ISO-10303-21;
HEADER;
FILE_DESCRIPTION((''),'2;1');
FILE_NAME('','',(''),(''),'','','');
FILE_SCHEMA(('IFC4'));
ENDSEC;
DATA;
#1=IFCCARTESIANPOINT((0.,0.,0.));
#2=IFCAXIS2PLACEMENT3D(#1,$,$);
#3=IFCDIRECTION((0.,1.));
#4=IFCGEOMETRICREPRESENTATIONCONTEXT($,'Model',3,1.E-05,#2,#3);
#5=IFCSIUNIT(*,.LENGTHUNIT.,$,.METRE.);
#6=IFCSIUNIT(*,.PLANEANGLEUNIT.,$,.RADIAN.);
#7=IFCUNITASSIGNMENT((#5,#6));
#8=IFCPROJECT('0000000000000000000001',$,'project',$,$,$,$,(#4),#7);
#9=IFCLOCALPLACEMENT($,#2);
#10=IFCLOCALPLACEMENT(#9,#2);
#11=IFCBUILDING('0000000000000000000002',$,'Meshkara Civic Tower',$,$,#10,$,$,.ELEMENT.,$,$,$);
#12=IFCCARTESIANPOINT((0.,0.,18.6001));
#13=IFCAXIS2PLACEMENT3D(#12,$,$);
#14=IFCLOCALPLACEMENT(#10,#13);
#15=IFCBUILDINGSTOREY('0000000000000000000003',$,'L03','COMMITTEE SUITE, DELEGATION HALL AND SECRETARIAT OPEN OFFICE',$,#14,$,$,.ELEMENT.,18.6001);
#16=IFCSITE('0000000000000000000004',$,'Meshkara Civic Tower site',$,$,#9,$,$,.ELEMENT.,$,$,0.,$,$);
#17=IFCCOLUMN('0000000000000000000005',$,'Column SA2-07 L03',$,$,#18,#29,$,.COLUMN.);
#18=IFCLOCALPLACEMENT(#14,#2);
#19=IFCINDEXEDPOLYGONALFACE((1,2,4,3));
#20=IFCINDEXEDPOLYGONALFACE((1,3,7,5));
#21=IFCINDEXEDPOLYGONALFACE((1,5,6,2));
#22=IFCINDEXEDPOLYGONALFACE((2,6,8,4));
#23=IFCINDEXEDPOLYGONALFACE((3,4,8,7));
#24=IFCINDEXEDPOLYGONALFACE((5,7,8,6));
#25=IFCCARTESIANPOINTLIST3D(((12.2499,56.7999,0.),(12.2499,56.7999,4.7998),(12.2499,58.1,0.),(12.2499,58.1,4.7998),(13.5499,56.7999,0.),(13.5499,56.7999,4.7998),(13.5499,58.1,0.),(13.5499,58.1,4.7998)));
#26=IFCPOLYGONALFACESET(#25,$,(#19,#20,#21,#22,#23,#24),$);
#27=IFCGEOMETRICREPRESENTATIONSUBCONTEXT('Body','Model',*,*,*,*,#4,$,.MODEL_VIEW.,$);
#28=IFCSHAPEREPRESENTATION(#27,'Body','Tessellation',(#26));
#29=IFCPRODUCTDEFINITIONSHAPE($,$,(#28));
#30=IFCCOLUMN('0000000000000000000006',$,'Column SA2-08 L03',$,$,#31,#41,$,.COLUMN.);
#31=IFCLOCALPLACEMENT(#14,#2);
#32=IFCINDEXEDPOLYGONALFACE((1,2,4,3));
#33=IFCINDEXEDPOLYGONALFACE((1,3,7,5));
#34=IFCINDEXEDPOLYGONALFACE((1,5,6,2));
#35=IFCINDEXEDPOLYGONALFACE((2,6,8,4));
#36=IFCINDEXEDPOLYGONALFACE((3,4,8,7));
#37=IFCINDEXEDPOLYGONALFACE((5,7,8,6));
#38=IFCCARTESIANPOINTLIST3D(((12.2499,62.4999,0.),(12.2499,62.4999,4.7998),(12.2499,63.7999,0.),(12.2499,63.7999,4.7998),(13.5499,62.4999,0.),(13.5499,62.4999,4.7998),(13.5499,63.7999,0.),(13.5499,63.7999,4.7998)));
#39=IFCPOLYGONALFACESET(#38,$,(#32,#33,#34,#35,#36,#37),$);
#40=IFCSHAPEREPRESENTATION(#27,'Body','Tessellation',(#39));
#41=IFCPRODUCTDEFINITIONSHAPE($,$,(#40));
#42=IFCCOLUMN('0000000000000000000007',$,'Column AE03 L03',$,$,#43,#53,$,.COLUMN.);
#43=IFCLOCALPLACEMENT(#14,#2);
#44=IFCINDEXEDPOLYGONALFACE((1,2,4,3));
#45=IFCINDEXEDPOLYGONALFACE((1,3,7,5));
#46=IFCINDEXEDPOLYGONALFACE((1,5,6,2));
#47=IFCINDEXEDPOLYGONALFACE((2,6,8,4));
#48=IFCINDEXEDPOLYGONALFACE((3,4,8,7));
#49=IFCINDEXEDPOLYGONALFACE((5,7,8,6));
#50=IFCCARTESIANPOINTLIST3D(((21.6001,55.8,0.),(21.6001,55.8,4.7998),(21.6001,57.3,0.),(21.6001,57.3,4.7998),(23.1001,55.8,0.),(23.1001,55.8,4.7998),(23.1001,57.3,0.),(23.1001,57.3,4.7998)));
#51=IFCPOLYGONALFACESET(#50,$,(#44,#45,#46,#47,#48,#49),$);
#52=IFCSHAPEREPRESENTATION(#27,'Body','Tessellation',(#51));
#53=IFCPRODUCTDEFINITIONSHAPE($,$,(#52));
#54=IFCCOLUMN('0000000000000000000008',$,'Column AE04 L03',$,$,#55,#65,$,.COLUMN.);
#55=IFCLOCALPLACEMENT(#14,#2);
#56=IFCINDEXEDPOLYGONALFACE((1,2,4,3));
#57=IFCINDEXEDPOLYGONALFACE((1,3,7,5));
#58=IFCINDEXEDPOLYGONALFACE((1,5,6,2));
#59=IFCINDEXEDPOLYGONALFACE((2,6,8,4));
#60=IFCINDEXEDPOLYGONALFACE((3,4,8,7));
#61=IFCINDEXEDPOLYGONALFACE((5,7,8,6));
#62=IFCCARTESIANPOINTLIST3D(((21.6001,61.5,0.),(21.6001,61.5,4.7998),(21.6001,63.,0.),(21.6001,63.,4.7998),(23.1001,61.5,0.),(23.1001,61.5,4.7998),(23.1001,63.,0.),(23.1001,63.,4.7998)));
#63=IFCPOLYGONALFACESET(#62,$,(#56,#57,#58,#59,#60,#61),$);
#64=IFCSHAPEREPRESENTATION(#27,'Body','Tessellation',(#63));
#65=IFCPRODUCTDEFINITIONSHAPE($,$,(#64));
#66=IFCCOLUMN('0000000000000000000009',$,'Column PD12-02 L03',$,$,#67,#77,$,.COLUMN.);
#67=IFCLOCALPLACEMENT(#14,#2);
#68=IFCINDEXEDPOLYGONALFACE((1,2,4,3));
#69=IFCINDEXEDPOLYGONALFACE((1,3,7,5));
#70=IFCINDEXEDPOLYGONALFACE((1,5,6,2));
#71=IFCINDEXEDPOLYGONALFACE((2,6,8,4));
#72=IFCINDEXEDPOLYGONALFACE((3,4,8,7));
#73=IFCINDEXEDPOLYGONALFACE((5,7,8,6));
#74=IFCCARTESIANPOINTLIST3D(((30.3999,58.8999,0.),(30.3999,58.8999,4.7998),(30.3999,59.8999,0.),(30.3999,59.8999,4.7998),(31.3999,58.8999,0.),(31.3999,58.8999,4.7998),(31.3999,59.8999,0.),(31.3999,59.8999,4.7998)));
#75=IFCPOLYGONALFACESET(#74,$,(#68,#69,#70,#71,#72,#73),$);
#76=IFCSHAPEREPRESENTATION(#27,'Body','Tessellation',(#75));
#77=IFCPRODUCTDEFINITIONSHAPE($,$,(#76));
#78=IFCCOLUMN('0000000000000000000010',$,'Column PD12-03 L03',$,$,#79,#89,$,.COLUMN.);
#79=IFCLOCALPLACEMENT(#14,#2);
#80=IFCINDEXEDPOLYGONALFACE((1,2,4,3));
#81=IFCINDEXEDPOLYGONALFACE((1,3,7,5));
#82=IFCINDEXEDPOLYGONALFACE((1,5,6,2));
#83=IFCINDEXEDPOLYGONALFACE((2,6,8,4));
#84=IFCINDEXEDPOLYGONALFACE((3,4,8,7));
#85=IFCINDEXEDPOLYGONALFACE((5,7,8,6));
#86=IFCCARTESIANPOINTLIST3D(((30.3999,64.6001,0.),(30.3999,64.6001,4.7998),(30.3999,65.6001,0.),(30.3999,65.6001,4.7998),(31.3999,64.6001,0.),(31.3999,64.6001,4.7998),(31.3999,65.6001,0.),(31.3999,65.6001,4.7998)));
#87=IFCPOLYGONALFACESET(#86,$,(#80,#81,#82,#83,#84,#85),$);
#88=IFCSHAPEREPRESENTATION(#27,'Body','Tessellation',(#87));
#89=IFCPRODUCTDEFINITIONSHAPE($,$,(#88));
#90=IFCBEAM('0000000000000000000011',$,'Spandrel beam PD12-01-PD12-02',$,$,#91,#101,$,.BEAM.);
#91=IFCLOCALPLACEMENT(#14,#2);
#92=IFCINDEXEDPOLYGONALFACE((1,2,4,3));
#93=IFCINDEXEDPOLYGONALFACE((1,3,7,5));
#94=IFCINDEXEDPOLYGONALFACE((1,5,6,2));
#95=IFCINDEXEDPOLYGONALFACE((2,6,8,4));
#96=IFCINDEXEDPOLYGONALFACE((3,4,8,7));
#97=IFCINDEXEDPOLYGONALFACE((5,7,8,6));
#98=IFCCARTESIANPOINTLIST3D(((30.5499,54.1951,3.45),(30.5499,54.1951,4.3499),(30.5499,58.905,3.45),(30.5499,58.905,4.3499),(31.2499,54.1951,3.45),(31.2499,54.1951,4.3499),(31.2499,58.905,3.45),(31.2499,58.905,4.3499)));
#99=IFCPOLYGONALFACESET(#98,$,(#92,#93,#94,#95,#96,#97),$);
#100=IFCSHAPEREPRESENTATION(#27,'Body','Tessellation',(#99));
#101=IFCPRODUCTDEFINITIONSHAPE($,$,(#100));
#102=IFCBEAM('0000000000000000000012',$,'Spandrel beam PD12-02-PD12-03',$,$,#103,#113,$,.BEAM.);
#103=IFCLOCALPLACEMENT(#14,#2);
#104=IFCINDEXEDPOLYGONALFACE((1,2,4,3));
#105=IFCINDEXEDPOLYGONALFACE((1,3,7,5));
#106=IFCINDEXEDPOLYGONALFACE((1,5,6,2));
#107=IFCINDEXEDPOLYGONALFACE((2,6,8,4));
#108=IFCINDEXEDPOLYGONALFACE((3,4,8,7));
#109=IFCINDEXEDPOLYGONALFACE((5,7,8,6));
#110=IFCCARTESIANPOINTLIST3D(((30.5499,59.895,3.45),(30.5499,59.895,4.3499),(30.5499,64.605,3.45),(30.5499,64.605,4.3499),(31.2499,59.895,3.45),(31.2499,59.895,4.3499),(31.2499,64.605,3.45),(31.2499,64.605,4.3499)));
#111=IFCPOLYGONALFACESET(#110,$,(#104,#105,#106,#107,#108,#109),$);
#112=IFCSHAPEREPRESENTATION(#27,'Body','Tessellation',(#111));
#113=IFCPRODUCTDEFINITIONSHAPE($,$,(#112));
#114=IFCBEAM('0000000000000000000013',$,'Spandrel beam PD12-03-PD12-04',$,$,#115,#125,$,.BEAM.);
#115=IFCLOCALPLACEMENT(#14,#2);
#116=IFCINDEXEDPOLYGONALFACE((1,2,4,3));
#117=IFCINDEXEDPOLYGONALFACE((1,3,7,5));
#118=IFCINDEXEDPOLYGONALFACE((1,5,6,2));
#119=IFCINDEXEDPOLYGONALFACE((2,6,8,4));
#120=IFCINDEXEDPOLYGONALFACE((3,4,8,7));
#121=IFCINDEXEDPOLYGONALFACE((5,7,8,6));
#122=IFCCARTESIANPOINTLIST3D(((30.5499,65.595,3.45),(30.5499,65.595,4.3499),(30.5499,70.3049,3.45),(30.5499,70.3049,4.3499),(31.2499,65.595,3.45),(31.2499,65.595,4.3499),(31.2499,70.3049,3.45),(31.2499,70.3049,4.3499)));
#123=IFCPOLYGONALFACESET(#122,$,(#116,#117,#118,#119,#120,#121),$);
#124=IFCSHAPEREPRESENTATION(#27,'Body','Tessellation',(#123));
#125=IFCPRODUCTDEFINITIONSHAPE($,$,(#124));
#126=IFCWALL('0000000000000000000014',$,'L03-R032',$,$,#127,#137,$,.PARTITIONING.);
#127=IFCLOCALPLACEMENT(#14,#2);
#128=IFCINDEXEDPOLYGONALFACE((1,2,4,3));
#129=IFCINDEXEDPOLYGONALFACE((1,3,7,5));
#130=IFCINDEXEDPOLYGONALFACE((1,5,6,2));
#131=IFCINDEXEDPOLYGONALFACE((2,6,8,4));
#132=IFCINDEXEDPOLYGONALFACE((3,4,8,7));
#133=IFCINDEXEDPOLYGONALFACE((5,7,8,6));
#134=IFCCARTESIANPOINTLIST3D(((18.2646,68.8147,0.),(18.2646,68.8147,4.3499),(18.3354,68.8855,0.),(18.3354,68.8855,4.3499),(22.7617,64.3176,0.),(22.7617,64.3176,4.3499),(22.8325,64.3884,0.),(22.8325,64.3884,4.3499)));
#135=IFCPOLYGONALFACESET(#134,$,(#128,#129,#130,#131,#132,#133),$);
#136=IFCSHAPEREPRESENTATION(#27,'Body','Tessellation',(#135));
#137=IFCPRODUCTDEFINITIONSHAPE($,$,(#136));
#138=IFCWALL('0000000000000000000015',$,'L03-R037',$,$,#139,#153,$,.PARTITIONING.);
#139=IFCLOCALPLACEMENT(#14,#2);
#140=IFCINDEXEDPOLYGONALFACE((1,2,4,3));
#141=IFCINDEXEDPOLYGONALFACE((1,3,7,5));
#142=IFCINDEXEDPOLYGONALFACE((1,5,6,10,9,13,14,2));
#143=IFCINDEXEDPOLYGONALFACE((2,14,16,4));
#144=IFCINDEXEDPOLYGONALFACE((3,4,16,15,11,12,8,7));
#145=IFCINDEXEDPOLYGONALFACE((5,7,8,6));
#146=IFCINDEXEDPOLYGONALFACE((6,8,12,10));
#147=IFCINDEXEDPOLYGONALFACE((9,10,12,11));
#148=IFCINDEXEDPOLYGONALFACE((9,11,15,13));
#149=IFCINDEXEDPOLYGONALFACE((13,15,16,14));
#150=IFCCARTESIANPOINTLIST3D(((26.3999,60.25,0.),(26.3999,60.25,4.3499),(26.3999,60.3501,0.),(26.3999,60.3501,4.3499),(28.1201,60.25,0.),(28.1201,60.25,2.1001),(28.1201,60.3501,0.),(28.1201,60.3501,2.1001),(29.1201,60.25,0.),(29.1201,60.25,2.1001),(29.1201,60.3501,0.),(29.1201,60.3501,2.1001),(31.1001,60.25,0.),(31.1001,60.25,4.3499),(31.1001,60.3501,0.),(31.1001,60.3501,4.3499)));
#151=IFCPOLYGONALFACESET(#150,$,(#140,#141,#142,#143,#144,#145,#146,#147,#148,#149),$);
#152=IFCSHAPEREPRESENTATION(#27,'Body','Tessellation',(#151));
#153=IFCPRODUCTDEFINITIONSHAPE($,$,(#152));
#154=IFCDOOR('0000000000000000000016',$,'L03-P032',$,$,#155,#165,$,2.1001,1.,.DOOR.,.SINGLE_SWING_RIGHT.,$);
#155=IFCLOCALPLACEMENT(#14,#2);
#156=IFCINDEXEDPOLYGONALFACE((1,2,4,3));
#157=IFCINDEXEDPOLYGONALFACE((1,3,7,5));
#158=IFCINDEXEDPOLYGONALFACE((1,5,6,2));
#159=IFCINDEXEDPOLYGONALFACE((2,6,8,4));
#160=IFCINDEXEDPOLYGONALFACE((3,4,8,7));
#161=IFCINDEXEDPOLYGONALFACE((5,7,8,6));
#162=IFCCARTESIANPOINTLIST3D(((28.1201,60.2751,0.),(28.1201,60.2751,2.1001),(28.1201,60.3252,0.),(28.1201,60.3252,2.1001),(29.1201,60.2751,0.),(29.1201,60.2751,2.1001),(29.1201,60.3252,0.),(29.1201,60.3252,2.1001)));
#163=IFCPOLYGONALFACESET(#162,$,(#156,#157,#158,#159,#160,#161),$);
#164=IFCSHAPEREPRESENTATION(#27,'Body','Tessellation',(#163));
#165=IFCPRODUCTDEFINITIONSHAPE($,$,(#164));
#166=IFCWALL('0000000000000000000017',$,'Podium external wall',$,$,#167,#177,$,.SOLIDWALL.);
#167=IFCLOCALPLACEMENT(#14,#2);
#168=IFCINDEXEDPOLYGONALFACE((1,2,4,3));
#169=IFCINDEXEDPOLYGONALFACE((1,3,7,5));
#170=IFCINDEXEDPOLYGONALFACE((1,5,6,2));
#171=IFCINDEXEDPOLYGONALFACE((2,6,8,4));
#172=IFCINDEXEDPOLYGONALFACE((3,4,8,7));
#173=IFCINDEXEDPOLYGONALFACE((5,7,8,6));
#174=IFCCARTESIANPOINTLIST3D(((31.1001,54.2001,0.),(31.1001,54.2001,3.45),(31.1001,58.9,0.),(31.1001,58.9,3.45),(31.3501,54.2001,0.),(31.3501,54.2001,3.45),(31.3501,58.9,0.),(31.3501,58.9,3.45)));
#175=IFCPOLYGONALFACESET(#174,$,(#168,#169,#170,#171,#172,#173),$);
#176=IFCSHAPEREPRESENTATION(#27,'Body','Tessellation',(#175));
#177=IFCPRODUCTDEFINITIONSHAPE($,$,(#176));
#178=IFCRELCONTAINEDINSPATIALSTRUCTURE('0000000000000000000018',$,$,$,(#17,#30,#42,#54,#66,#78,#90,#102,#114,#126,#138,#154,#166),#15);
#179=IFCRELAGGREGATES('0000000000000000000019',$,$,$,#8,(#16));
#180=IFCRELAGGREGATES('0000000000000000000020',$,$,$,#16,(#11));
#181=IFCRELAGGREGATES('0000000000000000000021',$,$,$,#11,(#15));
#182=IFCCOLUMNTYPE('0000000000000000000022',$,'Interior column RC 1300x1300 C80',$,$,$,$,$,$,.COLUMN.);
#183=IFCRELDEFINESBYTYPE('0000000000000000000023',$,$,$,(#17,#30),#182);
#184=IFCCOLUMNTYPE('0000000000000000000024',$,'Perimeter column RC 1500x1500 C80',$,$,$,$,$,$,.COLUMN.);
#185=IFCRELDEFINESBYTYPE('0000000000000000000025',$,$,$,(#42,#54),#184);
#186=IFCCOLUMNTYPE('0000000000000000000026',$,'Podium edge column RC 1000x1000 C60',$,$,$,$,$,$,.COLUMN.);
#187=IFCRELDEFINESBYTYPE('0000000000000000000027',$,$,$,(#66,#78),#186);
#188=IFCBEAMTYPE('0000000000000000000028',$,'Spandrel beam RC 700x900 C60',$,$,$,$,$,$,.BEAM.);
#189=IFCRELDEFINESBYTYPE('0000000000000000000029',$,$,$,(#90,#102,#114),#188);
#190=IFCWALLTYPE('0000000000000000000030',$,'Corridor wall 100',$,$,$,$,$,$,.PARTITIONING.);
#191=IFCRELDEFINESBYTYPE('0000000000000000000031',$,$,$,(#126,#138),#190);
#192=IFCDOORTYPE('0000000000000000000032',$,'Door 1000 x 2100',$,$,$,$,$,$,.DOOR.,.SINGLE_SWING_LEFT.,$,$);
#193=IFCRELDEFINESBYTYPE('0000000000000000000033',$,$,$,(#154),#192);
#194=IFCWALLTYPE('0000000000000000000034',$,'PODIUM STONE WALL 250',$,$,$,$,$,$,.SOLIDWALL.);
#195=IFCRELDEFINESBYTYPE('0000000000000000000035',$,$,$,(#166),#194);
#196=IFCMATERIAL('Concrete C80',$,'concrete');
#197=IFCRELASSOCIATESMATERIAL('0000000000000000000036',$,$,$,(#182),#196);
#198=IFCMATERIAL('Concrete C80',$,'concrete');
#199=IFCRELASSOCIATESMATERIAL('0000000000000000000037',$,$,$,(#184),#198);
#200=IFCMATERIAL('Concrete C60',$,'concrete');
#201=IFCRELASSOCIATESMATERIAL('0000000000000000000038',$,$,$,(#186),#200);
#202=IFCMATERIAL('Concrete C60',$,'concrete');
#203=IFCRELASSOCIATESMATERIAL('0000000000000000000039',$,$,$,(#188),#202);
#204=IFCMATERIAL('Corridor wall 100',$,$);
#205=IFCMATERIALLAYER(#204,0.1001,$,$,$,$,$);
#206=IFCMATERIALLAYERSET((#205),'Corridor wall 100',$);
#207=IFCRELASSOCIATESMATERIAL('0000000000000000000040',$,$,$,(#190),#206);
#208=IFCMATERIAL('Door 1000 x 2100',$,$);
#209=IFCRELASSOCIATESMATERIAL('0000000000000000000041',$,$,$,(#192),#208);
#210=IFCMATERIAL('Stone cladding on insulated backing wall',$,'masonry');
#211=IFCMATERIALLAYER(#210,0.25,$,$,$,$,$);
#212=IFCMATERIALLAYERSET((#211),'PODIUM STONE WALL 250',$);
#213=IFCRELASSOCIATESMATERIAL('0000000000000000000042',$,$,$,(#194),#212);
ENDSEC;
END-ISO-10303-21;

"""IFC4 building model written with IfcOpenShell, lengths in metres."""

from ifc_helpers import new_model, si_unit, direction, frame, frame_2d, origin, origin_2d, place, context, subcontext, project, spatial, rectangle, extrude, material, layer, layer_set, material_profile, profile_set, type_object, element, fill, save


model = new_model("IFC4")

# Units and contexts
model_context = context("Model", 3, precision=1e-05, world=origin(), true_north=direction((0.0, 1.0)))
body_context = subcontext(model_context, "Body", "Model", "MODEL_VIEW")
ifc_project = project(units=[si_unit("LENGTHUNIT", "METRE"), si_unit("PLANEANGLEUNIT", "RADIAN")], contexts=[model_context])

# Site, building, storey
site_placement = place(None, origin())
site = spatial("IfcSite", under=ifc_project, at=site_placement, Name="Meshkara Civic Tower site", CompositionType="ELEMENT", RefElevation=0.0)
building_placement = place(site_placement, origin())
building = spatial("IfcBuilding", under=site, at=building_placement, Name="Meshkara Civic Tower", CompositionType="ELEMENT")
storey_placement = place(building_placement, frame((0.0, 0.0, 18.6001)))
storey = spatial("IfcBuildingStorey", under=building, at=storey_placement, Name="L03", Description="COMMITTEE SUITE, DELEGATION HALL AND SECRETARIAT OPEN OFFICE", CompositionType="ELEMENT", Elevation=18.6001)

# Columns
ifc_material_1 = material(Name="Concrete C80", Category="concrete")
ifc_material_profile_1 = material_profile(ifc_material_1, rectangle(XDim=1.3, YDim=1.3, at=origin_2d()))
ifc_profile_set_1 = profile_set([ifc_material_profile_1], Name="Concrete C80")
column_type_1 = type_object("IfcColumnType", Name="Interior column RC 1300x1300 C80", PredefinedType="COLUMN", material=ifc_profile_set_1)
for number, where, z_axis, x_axis, name in (
    (1, (12.8999, 57.45, 0.0), (0.0, 0.0, 1.0), (1.0, 0.0, 0.0), "Column SA2-07 L03"),
    (2, (12.8999, 63.1499, 0.0), (0.0, 0.0, 1.0), (1.0, 0.0, 0.0), "Column SA2-08 L03"),
):
    element("IfcColumn", number, at=place(storey_placement, frame(where, z_axis=z_axis, x_axis=x_axis)), inside=storey, type_object=column_type_1, Name=name, PredefinedType="COLUMN", context=body_context, shape_type="SweptSolid", body=[
        extrude(rectangle(XDim=1.3, YDim=1.3, at=origin_2d()), origin(), (0.0, 0.0, 1.0), 4.7998),
    ])
ifc_material_2 = material(Name="Concrete C80", Category="concrete")
ifc_material_profile_2 = material_profile(ifc_material_2, rectangle(XDim=1.5, YDim=1.5, at=origin_2d()))
ifc_profile_set_2 = profile_set([ifc_material_profile_2], Name="Concrete C80")
column_type_2 = type_object("IfcColumnType", Name="Perimeter column RC 1500x1500 C80", PredefinedType="COLUMN", material=ifc_profile_set_2)
for number, where, z_axis, x_axis, name in (
    (3, (22.3501, 56.55, 0.0), (0.0, 0.0, 1.0), (1.0, 0.0, 0.0), "Column AE03 L03"),
    (4, (22.3501, 62.25, 0.0), (0.0, 0.0, 1.0), (1.0, 0.0, 0.0), "Column AE04 L03"),
):
    element("IfcColumn", number, at=place(storey_placement, frame(where, z_axis=z_axis, x_axis=x_axis)), inside=storey, type_object=column_type_2, Name=name, PredefinedType="COLUMN", context=body_context, shape_type="SweptSolid", body=[
        extrude(rectangle(XDim=1.5, YDim=1.5, at=origin_2d()), origin(), (0.0, 0.0, 1.0), 4.7998),
    ])
ifc_material_3 = material(Name="Concrete C60", Category="concrete")
ifc_material_profile_3 = material_profile(ifc_material_3, rectangle(XDim=1.0, YDim=1.0, at=origin_2d()))
ifc_profile_set_3 = profile_set([ifc_material_profile_3], Name="Concrete C60")
column_type_3 = type_object("IfcColumnType", Name="Podium edge column RC 1000x1000 C60", PredefinedType="COLUMN", material=ifc_profile_set_3)
for number, where, z_axis, x_axis, name in (
    (5, (30.8999, 59.3999, 0.0), (0.0, 0.0, 1.0), (1.0, 0.0, 0.0), "Column PD12-02 L03"),
    (6, (30.8999, 65.1001, 0.0), (0.0, 0.0, 1.0), (1.0, 0.0, 0.0), "Column PD12-03 L03"),
):
    element("IfcColumn", number, at=place(storey_placement, frame(where, z_axis=z_axis, x_axis=x_axis)), inside=storey, type_object=column_type_3, Name=name, PredefinedType="COLUMN", context=body_context, shape_type="SweptSolid", body=[
        extrude(rectangle(XDim=1.0, YDim=1.0, at=origin_2d()), origin(), (0.0, 0.0, 1.0), 4.7998),
    ])

# Beams
ifc_material_4 = material(Name="Concrete C60", Category="concrete")
ifc_material_profile_4 = material_profile(ifc_material_4, rectangle(XDim=0.7, YDim=0.8999, at=origin_2d()))
ifc_profile_set_4 = profile_set([ifc_material_profile_4], Name="Concrete C60")
beam_type = type_object("IfcBeamType", Name="Spandrel beam RC 700x900 C60", PredefinedType="BEAM", material=ifc_profile_set_4)
for number, where, z_axis, x_axis, name in (
    (7, (30.8999, 54.1951, 3.8999), (0.0, 1.0, 0.0), (-1.0, 0.0, 0.0), "Spandrel beam PD12-01-PD12-02"),
    (8, (30.8999, 59.895, 3.8999), (0.0, 1.0, 0.0), (-1.0, 0.0, 0.0), "Spandrel beam PD12-02-PD12-03"),
    (9, (30.8999, 65.595, 3.8999), (0.0, 1.0, 0.0), (-1.0, 0.0, 0.0), "Spandrel beam PD12-03-PD12-04"),
):
    element("IfcBeam", number, at=place(storey_placement, frame(where, z_axis=z_axis, x_axis=x_axis)), inside=storey, type_object=beam_type, Name=name, PredefinedType="BEAM", context=body_context, shape_type="SweptSolid", body=[
        extrude(rectangle(XDim=0.7, YDim=0.8999, at=origin_2d()), origin(), (0.0, 0.0, 1.0), 4.71),
    ])

# Wall
ifc_material_5 = material(Name="Corridor wall 100")
ifc_layer_1 = layer(ifc_material_5, 0.1001)
ifc_layer_set_1 = layer_set([ifc_layer_1], Name="Corridor wall 100")
wall_type_1 = type_object("IfcWallType", Name="Corridor wall 100", PredefinedType="PARTITIONING", material=ifc_layer_set_1)
wall_1_placement = place(storey_placement, frame((22.7971, 64.353, 0.0), z_axis=(0.0, 0.0, 1.0), x_axis=(-0.707107, 0.707107, 0.0)))
element("IfcWall", 10, at=wall_1_placement, inside=storey, type_object=wall_type_1, Name="L03-R032", PredefinedType="PARTITIONING", context=body_context, shape_type="SweptSolid", body=[
    extrude(rectangle(XDim=6.3599, YDim=0.1001, at=frame_2d((3.1799, 0.0))), origin(), (0.0, 0.0, 1.0), 4.3499),
])

# Wall, opening, door
wall_2_placement = place(storey_placement, frame((31.1001, 60.3, 0.0), z_axis=(0.0, 0.0, 1.0), x_axis=(-1.0, 0.0, 0.0)))
wall_2 = element("IfcWall", 11, at=wall_2_placement, inside=storey, type_object=wall_type_1, Name="L03-R037", PredefinedType="PARTITIONING", context=body_context, shape_type="SweptSolid", body=[
    extrude(rectangle(XDim=4.7002, YDim=0.1001, at=frame_2d((2.3501, 0.0))), origin(), (0.0, 0.0, 1.0), 4.3499),
])
opening_1_placement = place(wall_2_placement, frame((1.98, 0.0, 0.0)))
opening_1 = element("IfcOpeningElement", 12, at=opening_1_placement, cuts=wall_2, PredefinedType="OPENING", context=body_context, shape_type="SweptSolid", body=[
    extrude(rectangle(XDim=1.0, YDim=2.1001, at=frame_2d((0.5, 1.05))), frame((0.0, 0.0601, 0.0), z_axis=(0.0, -1.0, 0.0), x_axis=(1.0, 0.0, 0.0)), (0.0, 0.0, 1.0), 0.1201),
])
ifc_material_6 = material(Name="Door 1000 x 2100")
door_type = type_object("IfcDoorType", Name="Door 1000 x 2100", OperationType="SINGLE_SWING_LEFT", PredefinedType="DOOR", material=ifc_material_6)
door_placement = place(opening_1_placement, origin())
door = element("IfcDoor", 13, at=door_placement, inside=storey, type_object=door_type, Name="L03-P032", OperationType="SINGLE_SWING_RIGHT", OverallHeight=2.1001, OverallWidth=1.0, PredefinedType="DOOR", context=body_context, shape_type="SweptSolid", body=[
    extrude(rectangle(XDim=1.0, YDim=2.1001, at=frame_2d((0.5, 1.05))), frame((0.0, 0.0249, 0.0), z_axis=(0.0, -1.0, 0.0), x_axis=(1.0, 0.0, 0.0)), (0.0, 0.0, 1.0), 0.05),
])
fill(opening_1, door)

# Wall
ifc_material_7 = material(Name="Stone cladding on insulated backing wall", Category="masonry")
ifc_layer_2 = layer(ifc_material_7, 0.25)
ifc_layer_set_2 = layer_set([ifc_layer_2], Name="PODIUM STONE WALL 250")
wall_type_2 = type_object("IfcWallType", Name="PODIUM STONE WALL 250", PredefinedType="SOLIDWALL", material=ifc_layer_set_2)
wall_3_placement = place(storey_placement, frame((31.2251, 54.2, 0.0), z_axis=(0.0, 0.0, 1.0), x_axis=(0.0, 1.0, 0.0)))
element("IfcWall", 14, at=wall_3_placement, inside=storey, type_object=wall_type_2, Name="Podium external wall", PredefinedType="SOLIDWALL", context=body_context, shape_type="SweptSolid", body=[
    extrude(rectangle(XDim=4.7, YDim=0.25, at=frame_2d((2.3501, 0.0))), origin(), (0.0, 0.0, 1.0), 3.45),
])

save(model, "model.ifc")
